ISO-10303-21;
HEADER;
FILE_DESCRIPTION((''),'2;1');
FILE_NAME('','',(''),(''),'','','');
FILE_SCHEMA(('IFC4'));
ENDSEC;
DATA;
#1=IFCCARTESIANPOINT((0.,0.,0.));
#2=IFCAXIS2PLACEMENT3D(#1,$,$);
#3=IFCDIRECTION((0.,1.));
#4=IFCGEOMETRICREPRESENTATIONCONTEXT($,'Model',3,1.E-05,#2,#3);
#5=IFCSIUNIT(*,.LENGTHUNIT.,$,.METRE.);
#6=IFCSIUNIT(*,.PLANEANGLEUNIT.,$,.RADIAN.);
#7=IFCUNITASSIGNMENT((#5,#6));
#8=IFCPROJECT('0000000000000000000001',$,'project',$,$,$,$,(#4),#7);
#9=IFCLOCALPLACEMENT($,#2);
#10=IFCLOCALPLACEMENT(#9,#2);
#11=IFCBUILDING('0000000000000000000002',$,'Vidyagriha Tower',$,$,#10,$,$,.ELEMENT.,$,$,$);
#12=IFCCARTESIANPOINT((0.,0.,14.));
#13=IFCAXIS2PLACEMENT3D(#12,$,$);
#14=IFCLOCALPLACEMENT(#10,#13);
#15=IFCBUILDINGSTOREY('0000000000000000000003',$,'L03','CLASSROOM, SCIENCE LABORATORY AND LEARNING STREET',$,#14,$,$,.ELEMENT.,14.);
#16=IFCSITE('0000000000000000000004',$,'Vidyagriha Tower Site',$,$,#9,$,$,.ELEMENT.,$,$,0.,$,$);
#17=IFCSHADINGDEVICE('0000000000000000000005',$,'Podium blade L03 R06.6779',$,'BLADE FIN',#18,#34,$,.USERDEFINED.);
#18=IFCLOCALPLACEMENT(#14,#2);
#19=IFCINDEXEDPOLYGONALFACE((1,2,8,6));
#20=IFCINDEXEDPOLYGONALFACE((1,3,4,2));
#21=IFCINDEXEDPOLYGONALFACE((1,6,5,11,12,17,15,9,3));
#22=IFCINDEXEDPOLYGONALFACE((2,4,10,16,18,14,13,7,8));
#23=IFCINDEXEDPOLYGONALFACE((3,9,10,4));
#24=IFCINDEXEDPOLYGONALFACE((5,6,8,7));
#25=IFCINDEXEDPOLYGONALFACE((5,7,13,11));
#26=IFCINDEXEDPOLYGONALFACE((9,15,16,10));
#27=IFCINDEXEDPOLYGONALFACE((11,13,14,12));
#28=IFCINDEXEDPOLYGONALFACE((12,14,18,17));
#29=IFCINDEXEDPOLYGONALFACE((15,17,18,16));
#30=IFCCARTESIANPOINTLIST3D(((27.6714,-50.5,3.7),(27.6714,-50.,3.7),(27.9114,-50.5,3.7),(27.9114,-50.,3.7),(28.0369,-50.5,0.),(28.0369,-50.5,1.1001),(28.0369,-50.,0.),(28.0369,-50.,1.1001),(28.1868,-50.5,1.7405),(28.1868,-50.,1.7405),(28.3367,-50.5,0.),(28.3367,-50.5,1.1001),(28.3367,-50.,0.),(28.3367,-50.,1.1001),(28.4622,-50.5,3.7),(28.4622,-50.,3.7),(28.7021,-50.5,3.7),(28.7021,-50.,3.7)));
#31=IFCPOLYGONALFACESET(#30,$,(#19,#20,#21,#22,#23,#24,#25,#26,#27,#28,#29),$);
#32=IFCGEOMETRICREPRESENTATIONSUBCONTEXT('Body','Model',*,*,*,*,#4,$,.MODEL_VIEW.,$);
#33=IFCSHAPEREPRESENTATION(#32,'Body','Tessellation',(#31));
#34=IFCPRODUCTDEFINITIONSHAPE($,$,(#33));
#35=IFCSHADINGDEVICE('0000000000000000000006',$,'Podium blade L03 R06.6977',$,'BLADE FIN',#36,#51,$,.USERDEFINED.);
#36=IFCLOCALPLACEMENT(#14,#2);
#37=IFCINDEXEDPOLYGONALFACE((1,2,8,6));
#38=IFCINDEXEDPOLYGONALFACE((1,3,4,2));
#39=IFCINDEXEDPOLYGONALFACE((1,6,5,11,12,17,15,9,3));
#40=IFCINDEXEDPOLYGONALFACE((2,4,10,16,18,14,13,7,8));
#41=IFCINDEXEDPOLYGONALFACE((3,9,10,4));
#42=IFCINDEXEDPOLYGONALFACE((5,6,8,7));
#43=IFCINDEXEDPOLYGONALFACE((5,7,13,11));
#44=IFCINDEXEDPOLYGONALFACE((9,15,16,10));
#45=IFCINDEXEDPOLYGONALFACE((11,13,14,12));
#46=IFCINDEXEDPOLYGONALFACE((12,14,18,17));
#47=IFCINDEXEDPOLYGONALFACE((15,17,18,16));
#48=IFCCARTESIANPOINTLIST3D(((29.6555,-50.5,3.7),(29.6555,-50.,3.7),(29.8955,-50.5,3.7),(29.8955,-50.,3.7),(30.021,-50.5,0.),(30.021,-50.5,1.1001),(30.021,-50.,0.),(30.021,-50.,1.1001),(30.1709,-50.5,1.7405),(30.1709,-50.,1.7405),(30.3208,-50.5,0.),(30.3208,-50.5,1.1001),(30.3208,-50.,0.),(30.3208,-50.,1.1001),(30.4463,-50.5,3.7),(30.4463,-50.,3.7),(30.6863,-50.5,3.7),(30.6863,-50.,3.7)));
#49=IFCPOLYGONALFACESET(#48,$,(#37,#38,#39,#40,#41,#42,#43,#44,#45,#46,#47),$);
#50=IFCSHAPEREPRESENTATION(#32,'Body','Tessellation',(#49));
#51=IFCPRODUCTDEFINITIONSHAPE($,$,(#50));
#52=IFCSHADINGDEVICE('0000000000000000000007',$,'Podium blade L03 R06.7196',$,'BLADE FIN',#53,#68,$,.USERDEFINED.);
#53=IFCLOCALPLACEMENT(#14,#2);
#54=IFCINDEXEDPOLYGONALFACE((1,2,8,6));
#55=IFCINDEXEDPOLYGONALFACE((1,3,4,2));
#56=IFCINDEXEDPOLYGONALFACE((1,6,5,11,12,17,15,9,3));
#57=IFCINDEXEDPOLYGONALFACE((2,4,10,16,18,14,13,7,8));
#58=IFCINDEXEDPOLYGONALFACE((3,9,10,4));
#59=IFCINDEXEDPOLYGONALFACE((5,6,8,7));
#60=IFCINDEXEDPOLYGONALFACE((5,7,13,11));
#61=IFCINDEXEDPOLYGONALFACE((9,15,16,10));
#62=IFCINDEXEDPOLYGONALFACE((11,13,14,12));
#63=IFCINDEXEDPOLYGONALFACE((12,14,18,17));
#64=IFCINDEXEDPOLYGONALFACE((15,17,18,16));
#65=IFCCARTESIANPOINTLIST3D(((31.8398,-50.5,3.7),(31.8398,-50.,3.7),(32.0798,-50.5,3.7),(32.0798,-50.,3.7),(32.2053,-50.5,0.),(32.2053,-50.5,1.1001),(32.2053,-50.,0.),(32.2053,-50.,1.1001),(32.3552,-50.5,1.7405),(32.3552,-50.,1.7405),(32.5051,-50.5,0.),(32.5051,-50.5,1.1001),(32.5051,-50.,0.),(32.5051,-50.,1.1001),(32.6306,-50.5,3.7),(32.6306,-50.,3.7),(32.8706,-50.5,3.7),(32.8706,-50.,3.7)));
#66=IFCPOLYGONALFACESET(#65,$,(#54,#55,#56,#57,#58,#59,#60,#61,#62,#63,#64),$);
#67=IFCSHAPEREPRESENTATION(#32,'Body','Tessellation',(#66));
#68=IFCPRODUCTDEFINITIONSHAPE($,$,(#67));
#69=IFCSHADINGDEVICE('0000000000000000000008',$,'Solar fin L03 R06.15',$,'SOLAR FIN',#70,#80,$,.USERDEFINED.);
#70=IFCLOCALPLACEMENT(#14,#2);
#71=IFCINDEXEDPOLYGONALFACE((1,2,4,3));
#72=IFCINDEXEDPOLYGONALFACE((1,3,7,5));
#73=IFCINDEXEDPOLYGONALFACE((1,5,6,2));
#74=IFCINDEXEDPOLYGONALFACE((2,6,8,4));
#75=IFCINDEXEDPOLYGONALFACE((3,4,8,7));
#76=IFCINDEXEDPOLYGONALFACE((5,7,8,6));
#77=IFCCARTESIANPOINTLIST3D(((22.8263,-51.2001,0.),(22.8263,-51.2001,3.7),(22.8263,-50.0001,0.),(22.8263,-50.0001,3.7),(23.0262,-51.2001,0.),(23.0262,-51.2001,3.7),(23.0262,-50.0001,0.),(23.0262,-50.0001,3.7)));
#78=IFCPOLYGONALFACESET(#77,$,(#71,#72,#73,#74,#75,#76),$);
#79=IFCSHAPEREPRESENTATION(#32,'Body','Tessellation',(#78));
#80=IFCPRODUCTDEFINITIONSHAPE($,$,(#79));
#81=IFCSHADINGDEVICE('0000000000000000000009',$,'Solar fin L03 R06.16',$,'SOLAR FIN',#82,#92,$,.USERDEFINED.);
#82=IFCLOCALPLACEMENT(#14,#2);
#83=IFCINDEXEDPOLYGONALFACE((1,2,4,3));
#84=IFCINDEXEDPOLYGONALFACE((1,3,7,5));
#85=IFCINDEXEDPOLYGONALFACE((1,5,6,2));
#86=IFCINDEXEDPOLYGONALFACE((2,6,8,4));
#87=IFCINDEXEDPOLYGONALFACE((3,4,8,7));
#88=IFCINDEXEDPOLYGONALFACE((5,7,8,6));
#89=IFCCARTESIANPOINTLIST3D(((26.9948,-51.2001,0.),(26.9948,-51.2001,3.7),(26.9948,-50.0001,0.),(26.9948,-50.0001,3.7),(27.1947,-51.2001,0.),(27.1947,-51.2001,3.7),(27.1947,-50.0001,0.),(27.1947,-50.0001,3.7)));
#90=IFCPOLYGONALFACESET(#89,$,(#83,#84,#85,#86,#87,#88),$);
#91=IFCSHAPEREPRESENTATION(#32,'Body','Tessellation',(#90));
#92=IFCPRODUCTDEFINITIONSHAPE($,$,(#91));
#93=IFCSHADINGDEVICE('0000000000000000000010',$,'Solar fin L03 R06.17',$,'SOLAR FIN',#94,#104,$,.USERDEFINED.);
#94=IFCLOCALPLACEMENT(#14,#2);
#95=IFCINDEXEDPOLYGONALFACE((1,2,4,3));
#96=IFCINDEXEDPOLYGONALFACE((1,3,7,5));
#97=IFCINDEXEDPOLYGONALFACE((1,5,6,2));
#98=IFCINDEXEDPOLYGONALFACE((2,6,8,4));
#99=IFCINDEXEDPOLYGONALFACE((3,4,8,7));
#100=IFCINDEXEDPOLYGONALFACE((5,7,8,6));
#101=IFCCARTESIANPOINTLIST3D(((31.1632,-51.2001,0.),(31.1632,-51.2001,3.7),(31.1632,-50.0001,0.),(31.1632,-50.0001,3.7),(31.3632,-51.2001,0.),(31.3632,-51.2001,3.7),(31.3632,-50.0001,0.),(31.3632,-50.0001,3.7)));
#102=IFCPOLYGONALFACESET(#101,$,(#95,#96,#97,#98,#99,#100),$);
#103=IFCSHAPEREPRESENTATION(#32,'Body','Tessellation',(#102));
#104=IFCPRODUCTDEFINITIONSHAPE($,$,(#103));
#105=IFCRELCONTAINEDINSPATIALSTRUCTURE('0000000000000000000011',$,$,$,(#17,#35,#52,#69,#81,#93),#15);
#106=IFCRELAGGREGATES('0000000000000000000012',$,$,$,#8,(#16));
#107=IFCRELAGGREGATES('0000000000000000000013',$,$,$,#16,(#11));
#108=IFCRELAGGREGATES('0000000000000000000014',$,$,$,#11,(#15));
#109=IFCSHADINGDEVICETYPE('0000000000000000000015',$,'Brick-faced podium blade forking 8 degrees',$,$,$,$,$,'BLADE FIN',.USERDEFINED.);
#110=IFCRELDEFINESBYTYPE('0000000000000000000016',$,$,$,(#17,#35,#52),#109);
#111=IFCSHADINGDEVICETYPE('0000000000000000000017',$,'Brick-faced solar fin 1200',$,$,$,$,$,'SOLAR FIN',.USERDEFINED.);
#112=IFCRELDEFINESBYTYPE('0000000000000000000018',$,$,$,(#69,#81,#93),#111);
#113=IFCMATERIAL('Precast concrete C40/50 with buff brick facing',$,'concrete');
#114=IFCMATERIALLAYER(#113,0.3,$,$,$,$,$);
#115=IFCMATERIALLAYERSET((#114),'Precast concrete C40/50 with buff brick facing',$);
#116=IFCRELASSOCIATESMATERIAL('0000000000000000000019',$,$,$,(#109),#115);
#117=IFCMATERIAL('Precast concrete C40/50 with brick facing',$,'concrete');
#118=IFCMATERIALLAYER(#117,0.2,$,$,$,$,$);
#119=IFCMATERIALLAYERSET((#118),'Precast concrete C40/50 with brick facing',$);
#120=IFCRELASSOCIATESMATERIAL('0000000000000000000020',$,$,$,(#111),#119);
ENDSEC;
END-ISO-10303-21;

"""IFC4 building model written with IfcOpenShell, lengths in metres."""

from ifc_helpers import new_model, si_unit, direction, frame, frame_2d, origin, place, context, subcontext, project, spatial, polyline, rectangle, outline, extrude, material, layer, layer_set, type_object, element, save


model = new_model("IFC4")

# Units and contexts
model_context = context("Model", 3, precision=1e-05, world=origin(), true_north=direction((0.0, 1.0)))
body_context = subcontext(model_context, "Body", "Model", "MODEL_VIEW")
ifc_project = project(units=[si_unit("LENGTHUNIT", "METRE"), si_unit("PLANEANGLEUNIT", "RADIAN")], contexts=[model_context])

# Site, building, storey
site_placement = place(None, origin())
site = spatial("IfcSite", under=ifc_project, at=site_placement, Name="Vidyagriha Tower Site", CompositionType="ELEMENT", RefElevation=0.0)
building_placement = place(site_placement, origin())
building = spatial("IfcBuilding", under=site, at=building_placement, Name="Vidyagriha Tower", CompositionType="ELEMENT")
storey_placement = place(building_placement, frame((0.0, 0.0, 14.0)))
storey = spatial("IfcBuildingStorey", under=building, at=storey_placement, Name="L03", Description="CLASSROOM, SCIENCE LABORATORY AND LEARNING STREET", CompositionType="ELEMENT", Elevation=14.0)

# Shading devices
ifc_material_1 = material(Name="Precast concrete C40/50 with buff brick facing", Category="concrete")
ifc_layer_1 = layer(ifc_material_1, 0.3)
ifc_layer_set_1 = layer_set([ifc_layer_1], Name="Precast concrete C40/50 with buff brick facing")
shading_device_type_1 = type_object("IfcShadingDeviceType", Name="Brick-faced podium blade forking 8 degrees", ElementType="BLADE FIN", PredefinedType="USERDEFINED", material=ifc_layer_set_1)
for number, where, name in (
    (1, (27.6714, -50.25, 0.0), "Podium blade L03 R06.6779"),
    (2, (29.6555, -50.25, 0.0), "Podium blade L03 R06.6977"),
    (3, (31.8398, -50.25, 0.0), "Podium blade L03 R06.7196"),
):
    element("IfcShadingDevice", number, at=place(storey_placement, frame(where)), inside=storey, type_object=shading_device_type_1, Name=name, ObjectType="BLADE FIN", PredefinedType="USERDEFINED", context=body_context, shape_type="SweptSolid", body=[
        extrude(outline(polyline([(0.6653, 0.0), (0.6653, 1.1001), (1.0308, 3.7), (0.7908, 3.7), (0.5154, 1.7405), (0.24, 3.7), (0.0, 3.7), (0.3655, 1.1001), (0.3655, 0.0), (0.6653, 0.0)])), frame((0.0, 0.25, 0.0), z_axis=(0.0, -1.0, 0.0), x_axis=(1.0, 0.0, 0.0)), (0.0, 0.0, 1.0), 0.5),
    ])
ifc_material_2 = material(Name="Precast concrete C40/50 with brick facing", Category="concrete")
ifc_layer_2 = layer(ifc_material_2, 0.2)
ifc_layer_set_2 = layer_set([ifc_layer_2], Name="Precast concrete C40/50 with brick facing")
shading_device_type_2 = type_object("IfcShadingDeviceType", Name="Brick-faced solar fin 1200", ElementType="SOLAR FIN", PredefinedType="USERDEFINED", material=ifc_layer_set_2)
for number, where, z_axis, x_axis, name in (
    (4, (22.9263, -50.0, 0.0), (0.0, 0.0, 1.0), (0.0, -1.0, 0.0), "Solar fin L03 R06.15"),
    (5, (27.0947, -50.0, 0.0), (0.0, 0.0, 1.0), (0.0, -1.0, 0.0), "Solar fin L03 R06.16"),
    (6, (31.2632, -50.0, 0.0), (0.0, 0.0, 1.0), (0.0, -1.0, 0.0), "Solar fin L03 R06.17"),
):
    element("IfcShadingDevice", number, at=place(storey_placement, frame(where, z_axis=z_axis, x_axis=x_axis)), inside=storey, type_object=shading_device_type_2, Name=name, ObjectType="SOLAR FIN", PredefinedType="USERDEFINED", context=body_context, shape_type="SweptSolid", body=[
        extrude(rectangle(XDim=1.2, YDim=0.2, at=frame_2d((0.6001, 0.0))), origin(), (0.0, 0.0, 1.0), 3.7),
    ])

save(model, "model.ifc")
